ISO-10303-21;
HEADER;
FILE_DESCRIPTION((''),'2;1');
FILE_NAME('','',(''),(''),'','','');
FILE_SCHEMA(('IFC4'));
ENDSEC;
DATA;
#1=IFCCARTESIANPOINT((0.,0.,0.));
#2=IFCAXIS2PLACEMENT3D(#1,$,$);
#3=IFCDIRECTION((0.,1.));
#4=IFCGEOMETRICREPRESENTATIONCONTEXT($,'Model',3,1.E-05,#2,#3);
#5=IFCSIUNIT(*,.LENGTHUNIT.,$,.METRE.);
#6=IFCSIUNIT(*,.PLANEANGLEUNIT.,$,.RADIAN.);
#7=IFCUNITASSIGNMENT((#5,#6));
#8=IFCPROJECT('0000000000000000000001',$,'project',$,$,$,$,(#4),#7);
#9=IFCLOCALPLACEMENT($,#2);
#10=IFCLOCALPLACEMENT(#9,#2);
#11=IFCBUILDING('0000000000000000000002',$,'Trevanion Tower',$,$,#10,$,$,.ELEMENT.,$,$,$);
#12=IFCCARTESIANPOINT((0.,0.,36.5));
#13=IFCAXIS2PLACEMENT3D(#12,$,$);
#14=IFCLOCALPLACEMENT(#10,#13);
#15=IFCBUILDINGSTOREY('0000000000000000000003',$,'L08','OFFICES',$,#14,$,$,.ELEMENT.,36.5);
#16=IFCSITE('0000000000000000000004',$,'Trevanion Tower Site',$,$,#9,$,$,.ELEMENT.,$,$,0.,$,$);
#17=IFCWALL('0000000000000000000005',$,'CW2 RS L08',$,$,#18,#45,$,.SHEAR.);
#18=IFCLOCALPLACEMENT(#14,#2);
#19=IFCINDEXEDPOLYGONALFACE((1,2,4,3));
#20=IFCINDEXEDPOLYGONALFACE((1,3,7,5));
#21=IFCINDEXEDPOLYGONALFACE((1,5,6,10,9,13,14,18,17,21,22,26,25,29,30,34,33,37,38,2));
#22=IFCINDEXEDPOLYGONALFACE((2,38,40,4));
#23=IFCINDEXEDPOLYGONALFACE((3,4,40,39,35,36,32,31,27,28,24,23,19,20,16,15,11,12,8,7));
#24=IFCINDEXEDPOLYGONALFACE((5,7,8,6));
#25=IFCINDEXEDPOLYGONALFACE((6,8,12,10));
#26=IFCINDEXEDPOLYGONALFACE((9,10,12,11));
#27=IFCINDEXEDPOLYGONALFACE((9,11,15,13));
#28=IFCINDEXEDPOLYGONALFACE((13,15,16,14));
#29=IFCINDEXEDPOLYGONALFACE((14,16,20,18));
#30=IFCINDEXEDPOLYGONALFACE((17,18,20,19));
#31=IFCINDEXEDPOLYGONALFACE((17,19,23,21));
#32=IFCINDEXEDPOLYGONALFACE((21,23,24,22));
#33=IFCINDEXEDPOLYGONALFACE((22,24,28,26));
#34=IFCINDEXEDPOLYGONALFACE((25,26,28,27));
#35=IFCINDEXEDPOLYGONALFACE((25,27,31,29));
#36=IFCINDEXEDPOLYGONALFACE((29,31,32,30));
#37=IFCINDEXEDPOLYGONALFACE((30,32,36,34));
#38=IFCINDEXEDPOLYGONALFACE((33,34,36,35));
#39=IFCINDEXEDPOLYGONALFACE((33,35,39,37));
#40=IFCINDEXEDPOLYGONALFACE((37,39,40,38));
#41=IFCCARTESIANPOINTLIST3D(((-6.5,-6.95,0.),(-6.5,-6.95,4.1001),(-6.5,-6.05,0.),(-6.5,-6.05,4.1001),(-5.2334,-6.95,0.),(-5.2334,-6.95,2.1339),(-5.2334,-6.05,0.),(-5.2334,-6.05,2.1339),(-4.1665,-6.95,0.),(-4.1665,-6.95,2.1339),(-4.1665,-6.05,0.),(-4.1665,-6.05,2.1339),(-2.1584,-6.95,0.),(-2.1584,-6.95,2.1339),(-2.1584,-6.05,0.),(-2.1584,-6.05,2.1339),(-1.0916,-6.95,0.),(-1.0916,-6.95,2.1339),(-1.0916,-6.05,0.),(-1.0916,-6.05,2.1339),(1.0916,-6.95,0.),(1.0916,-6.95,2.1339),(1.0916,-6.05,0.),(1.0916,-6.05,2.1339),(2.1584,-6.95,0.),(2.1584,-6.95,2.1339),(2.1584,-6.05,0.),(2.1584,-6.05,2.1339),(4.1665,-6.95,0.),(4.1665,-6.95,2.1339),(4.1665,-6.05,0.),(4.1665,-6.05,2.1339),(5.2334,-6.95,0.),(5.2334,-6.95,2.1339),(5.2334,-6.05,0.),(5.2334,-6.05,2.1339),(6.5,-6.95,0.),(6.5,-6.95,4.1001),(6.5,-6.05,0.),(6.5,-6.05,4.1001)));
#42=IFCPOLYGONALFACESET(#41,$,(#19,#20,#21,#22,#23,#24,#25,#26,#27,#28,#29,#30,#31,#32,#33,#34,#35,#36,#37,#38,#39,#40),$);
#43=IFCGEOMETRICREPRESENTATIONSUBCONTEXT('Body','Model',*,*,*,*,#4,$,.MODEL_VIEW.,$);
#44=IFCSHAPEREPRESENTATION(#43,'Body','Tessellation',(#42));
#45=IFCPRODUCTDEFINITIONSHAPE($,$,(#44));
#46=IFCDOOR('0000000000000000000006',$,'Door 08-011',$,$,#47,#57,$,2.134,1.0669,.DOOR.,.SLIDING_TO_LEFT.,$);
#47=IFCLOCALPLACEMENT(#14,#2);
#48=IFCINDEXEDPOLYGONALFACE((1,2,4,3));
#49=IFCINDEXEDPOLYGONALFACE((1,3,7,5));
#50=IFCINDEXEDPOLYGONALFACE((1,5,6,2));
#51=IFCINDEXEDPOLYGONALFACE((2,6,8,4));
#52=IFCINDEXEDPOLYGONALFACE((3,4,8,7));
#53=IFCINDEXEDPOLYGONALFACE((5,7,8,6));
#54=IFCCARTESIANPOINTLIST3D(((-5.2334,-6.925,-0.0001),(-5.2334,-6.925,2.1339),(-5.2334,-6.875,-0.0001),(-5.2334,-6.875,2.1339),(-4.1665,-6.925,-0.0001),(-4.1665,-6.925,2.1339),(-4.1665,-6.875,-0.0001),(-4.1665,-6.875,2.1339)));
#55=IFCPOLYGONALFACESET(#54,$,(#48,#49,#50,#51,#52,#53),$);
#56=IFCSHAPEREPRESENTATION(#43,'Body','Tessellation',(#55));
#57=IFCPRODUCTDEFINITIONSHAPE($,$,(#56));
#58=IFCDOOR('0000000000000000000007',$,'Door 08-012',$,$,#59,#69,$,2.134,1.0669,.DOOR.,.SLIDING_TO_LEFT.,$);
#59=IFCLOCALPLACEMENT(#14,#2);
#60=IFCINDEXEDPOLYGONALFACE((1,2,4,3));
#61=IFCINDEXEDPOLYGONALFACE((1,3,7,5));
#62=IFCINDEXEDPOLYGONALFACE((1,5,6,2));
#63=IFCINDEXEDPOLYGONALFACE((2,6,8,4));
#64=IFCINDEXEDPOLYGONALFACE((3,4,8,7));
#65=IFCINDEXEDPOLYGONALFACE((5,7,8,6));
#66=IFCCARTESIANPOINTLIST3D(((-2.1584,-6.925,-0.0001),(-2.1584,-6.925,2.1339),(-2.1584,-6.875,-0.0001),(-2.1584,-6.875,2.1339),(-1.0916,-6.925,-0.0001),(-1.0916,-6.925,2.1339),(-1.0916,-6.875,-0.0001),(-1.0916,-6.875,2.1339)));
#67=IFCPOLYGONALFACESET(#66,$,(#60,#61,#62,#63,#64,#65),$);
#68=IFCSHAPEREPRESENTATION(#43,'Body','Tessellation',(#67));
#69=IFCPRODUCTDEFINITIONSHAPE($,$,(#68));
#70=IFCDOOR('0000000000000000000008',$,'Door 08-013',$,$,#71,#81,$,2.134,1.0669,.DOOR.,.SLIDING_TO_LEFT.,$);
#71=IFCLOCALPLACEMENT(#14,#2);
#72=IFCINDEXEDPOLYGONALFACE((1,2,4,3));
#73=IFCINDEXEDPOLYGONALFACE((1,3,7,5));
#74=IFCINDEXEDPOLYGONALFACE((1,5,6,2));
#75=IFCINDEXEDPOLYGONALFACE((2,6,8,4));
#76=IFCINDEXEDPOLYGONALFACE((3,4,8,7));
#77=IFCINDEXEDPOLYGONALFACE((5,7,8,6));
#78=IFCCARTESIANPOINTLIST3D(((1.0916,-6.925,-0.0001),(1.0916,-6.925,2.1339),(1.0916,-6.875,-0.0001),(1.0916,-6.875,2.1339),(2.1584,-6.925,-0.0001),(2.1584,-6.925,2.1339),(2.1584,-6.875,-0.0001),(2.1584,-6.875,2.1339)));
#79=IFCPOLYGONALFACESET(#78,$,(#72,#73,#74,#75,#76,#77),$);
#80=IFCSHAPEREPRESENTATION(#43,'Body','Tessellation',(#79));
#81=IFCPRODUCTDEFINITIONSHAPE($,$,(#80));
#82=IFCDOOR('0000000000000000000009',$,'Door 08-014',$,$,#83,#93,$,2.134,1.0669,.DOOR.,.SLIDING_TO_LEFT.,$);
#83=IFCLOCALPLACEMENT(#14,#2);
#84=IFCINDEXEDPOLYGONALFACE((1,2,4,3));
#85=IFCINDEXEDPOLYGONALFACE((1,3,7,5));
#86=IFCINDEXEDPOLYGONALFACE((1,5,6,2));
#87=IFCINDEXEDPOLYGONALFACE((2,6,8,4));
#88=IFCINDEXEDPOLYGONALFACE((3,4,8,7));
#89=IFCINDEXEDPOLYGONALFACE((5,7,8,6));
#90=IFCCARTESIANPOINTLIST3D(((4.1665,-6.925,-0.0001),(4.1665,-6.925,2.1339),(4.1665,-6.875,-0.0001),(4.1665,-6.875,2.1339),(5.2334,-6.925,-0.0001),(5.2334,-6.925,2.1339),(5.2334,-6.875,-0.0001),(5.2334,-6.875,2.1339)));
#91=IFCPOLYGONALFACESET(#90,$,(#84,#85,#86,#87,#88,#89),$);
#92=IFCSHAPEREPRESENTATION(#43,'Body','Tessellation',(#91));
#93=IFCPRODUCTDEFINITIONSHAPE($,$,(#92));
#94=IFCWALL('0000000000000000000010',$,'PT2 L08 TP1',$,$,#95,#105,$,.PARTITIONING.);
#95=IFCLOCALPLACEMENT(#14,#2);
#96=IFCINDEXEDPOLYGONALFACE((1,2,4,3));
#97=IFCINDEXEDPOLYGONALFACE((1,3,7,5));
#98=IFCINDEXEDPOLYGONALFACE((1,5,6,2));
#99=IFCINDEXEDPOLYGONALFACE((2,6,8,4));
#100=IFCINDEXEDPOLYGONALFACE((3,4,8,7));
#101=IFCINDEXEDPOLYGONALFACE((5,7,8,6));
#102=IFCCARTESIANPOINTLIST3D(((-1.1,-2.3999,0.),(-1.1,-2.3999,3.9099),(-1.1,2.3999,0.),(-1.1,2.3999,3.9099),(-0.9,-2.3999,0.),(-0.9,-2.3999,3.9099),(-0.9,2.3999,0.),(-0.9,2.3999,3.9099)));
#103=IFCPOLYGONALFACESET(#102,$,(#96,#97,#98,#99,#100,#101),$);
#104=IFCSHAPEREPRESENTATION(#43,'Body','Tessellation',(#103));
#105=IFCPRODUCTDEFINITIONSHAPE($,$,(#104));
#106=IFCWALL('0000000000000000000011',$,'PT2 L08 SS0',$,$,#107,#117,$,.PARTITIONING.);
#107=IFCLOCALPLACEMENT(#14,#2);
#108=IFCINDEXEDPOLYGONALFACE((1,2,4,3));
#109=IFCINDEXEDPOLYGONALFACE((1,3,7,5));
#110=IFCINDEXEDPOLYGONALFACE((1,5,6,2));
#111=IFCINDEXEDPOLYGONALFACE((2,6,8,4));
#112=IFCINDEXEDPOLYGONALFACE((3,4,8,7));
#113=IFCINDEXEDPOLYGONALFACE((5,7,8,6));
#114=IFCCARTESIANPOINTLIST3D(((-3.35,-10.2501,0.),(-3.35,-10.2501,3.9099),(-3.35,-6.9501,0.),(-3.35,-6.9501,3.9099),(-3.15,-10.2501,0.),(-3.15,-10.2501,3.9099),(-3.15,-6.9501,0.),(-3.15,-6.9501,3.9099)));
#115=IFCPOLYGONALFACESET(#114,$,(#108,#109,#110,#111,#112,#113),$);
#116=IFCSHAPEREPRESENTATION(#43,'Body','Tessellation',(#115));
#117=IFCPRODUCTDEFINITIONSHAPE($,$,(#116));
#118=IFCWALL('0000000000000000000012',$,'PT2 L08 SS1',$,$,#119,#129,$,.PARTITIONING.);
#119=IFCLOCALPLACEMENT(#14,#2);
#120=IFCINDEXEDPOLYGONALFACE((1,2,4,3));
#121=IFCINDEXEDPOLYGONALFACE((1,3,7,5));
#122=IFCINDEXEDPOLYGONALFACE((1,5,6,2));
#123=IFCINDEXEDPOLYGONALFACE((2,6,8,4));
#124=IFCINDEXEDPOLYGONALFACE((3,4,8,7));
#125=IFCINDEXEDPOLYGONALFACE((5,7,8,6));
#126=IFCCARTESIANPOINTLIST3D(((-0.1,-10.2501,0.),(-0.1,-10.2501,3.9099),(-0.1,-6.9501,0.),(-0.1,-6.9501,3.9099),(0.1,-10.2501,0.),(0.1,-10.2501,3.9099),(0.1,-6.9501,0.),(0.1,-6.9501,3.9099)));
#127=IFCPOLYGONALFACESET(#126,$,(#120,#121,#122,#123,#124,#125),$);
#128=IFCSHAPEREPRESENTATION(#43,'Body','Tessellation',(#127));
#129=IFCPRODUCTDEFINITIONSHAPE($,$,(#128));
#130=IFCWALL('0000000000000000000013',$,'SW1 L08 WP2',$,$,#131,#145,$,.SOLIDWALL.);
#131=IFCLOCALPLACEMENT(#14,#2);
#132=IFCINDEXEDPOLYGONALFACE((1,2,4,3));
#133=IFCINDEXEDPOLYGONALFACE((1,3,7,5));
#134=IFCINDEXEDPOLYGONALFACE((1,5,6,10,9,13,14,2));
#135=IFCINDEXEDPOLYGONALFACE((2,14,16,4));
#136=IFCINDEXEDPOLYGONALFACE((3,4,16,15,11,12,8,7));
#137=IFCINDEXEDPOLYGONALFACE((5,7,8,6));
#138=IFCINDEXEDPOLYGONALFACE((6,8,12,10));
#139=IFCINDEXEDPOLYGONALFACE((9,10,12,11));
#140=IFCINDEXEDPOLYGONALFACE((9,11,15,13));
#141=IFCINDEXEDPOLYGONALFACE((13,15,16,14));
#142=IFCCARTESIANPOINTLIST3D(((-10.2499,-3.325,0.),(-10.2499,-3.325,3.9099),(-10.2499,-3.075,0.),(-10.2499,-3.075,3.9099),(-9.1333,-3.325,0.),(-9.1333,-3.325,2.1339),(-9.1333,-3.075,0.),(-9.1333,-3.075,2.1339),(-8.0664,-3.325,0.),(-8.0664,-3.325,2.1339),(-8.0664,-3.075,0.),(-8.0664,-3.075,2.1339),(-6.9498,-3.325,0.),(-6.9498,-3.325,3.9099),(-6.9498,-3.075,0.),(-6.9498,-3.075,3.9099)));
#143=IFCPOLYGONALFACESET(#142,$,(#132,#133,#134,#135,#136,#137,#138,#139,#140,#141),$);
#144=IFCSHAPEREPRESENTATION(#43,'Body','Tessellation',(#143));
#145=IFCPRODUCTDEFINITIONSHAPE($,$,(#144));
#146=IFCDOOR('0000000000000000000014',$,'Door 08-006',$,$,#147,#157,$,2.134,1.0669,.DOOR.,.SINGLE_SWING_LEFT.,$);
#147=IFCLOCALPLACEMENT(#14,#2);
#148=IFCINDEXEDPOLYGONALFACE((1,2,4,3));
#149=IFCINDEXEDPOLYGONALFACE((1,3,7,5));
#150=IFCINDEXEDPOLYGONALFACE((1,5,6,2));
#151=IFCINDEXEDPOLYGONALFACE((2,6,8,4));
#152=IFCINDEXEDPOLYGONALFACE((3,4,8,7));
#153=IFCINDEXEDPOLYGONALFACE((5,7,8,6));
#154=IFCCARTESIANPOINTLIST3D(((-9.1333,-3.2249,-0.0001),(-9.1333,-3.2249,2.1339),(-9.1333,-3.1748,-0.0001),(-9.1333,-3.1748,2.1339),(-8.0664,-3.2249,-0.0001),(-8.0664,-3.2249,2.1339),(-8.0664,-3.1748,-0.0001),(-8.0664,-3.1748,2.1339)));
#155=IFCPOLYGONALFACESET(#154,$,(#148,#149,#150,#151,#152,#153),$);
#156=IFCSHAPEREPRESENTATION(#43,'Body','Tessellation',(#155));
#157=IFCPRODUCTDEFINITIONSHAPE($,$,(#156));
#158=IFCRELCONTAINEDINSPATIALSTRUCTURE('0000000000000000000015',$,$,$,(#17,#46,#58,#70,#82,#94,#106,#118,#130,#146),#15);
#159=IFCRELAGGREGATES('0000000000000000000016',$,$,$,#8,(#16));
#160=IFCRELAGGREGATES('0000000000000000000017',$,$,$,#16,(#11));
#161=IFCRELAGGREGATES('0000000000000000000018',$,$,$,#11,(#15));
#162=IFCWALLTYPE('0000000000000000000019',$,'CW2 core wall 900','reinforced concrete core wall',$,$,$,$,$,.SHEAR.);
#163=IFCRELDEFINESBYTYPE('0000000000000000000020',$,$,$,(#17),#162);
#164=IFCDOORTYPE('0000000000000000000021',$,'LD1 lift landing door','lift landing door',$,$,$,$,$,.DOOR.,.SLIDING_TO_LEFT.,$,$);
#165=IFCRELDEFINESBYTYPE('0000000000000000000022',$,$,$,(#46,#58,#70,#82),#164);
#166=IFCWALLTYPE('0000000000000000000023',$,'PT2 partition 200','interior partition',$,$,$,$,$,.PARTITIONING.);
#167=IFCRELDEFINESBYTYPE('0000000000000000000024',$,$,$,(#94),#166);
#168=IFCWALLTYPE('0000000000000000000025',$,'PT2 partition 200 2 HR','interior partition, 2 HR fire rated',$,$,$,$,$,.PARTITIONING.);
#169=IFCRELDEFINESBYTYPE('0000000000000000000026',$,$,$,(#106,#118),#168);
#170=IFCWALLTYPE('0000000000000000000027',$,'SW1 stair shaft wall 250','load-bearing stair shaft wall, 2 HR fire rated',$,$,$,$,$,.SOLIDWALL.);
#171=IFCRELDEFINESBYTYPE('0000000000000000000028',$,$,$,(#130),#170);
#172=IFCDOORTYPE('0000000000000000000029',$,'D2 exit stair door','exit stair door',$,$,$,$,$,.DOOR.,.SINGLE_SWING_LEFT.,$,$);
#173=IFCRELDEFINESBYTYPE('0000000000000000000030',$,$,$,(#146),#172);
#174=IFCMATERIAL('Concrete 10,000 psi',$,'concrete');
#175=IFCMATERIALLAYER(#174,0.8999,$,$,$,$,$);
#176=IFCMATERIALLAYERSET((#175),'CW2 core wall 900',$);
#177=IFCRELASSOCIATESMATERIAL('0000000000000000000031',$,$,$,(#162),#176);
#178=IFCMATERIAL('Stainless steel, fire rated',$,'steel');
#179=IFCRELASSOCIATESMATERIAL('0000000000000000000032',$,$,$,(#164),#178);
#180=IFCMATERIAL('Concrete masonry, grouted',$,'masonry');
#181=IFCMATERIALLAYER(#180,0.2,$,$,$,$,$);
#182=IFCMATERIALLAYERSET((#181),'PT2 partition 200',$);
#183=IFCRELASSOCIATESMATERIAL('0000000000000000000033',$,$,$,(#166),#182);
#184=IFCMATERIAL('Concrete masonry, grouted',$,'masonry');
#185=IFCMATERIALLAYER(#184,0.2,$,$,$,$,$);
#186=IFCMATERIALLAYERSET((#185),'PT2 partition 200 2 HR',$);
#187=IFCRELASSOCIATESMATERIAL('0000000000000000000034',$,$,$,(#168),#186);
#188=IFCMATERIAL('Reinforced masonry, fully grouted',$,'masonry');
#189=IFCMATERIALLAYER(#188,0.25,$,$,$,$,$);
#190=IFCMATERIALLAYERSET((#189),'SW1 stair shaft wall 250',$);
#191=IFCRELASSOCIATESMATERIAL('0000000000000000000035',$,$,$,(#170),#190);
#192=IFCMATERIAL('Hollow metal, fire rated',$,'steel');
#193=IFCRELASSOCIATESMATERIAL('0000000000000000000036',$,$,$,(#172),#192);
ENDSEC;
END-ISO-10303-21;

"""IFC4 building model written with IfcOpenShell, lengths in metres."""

from ifc_helpers import new_model, si_unit, direction, frame, frame_2d, origin, place, context, subcontext, project, spatial, rectangle, extrude, material, layer, layer_set, type_object, element, fill, save


model = new_model("IFC4")

# Units and contexts
model_context = context("Model", 3, precision=1e-05, world=origin(), true_north=direction((0.0, 1.0)))
body_context = subcontext(model_context, "Body", "Model", "MODEL_VIEW")
ifc_project = project(units=[si_unit("LENGTHUNIT", "METRE"), si_unit("PLANEANGLEUNIT", "RADIAN")], contexts=[model_context])

# Site, building, storey
site_placement = place(None, origin())
site = spatial("IfcSite", under=ifc_project, at=site_placement, Name="Trevanion Tower Site", CompositionType="ELEMENT", RefElevation=0.0)
building_placement = place(site_placement, origin())
building = spatial("IfcBuilding", under=site, at=building_placement, Name="Trevanion Tower", CompositionType="ELEMENT")
storey_placement = place(building_placement, frame((0.0, 0.0, 36.5)))
storey = spatial("IfcBuildingStorey", under=building, at=storey_placement, Name="L08", Description="OFFICES", CompositionType="ELEMENT", Elevation=36.5)

# Shared definitions
ifc_material_1 = material(Name="Concrete 10,000 psi", Category="concrete")
ifc_layer_1 = layer(ifc_material_1, 0.8999)
ifc_layer_set_1 = layer_set([ifc_layer_1], Name="CW2 core wall 900")
wall_type_1 = type_object("IfcWallType", Name="CW2 core wall 900", Description="reinforced concrete core wall", PredefinedType="SHEAR", material=ifc_layer_set_1)

# Wall, openings, doors
wall_1_placement = place(storey_placement, frame((-6.5, -6.5, 0.0), z_axis=(0.0, 0.0, 1.0), x_axis=(1.0, 0.0, 0.0)))
wall_1 = element("IfcWall", 1, at=wall_1_placement, inside=storey, type_object=wall_type_1, Name="CW2 RS L08", PredefinedType="SHEAR", context=body_context, shape_type="SweptSolid", body=[
    extrude(rectangle(XDim=13.0, YDim=0.8999, at=frame_2d((6.5, 0.0))), origin(), (0.0, 0.0, 1.0), 4.1001),
])
opening_1_placement = place(wall_1_placement, frame((1.2666, 0.0, 0.0)))
opening_1 = element("IfcOpeningElement", 2, at=opening_1_placement, cuts=wall_1, PredefinedType="OPENING", context=body_context, shape_type="SweptSolid", body=[
    extrude(rectangle(XDim=1.0669, YDim=2.134, at=frame_2d((0.5334, 1.0669))), frame((0.0, 0.46, 0.0), z_axis=(0.0, -1.0, 0.0), x_axis=(1.0, 0.0, 0.0)), (0.0, 0.0, 1.0), 0.9199),
])
opening_2_placement = place(wall_1_placement, frame((4.3416, 0.0, 0.0)))
opening_2 = element("IfcOpeningElement", 3, at=opening_2_placement, cuts=wall_1, PredefinedType="OPENING", context=body_context, shape_type="SweptSolid", body=[
    extrude(rectangle(XDim=1.0669, YDim=2.134, at=frame_2d((0.5334, 1.0669))), frame((0.0, 0.46, 0.0), z_axis=(0.0, -1.0, 0.0), x_axis=(1.0, 0.0, 0.0)), (0.0, 0.0, 1.0), 0.9199),
])
opening_3_placement = place(wall_1_placement, frame((7.5916, 0.0, 0.0)))
opening_3 = element("IfcOpeningElement", 4, at=opening_3_placement, cuts=wall_1, PredefinedType="OPENING", context=body_context, shape_type="SweptSolid", body=[
    extrude(rectangle(XDim=1.0669, YDim=2.134, at=frame_2d((0.5334, 1.0669))), frame((0.0, 0.46, 0.0), z_axis=(0.0, -1.0, 0.0), x_axis=(1.0, 0.0, 0.0)), (0.0, 0.0, 1.0), 0.9199),
])
opening_4_placement = place(wall_1_placement, frame((10.6665, 0.0, 0.0)))
opening_4 = element("IfcOpeningElement", 5, at=opening_4_placement, cuts=wall_1, PredefinedType="OPENING", context=body_context, shape_type="SweptSolid", body=[
    extrude(rectangle(XDim=1.0669, YDim=2.134, at=frame_2d((0.5334, 1.0669))), frame((0.0, 0.46, 0.0), z_axis=(0.0, -1.0, 0.0), x_axis=(1.0, 0.0, 0.0)), (0.0, 0.0, 1.0), 0.9199),
])
ifc_material_2 = material(Name="Stainless steel, fire rated", Category="steel")
door_type_1 = type_object("IfcDoorType", Name="LD1 lift landing door", Description="lift landing door", OperationType="SLIDING_TO_LEFT", PredefinedType="DOOR", material=ifc_material_2)
door_1_placement = place(opening_1_placement, origin())
door_1 = element("IfcDoor", 6, at=door_1_placement, inside=storey, type_object=door_type_1, Name="Door 08-011", OperationType="SLIDING_TO_LEFT", OverallHeight=2.134, OverallWidth=1.0669, PredefinedType="DOOR", context=body_context, shape_type="SweptSolid", body=[
    extrude(rectangle(XDim=1.0669, YDim=2.134, at=frame_2d((0.5334, 1.0669))), frame((0.0, -0.375, 0.0), z_axis=(0.0, -1.0, 0.0), x_axis=(1.0, 0.0, 0.0)), (0.0, 0.0, 1.0), 0.05),
])
fill(opening_1, door_1)
door_2_placement = place(opening_2_placement, origin())
door_2 = element("IfcDoor", 7, at=door_2_placement, inside=storey, type_object=door_type_1, Name="Door 08-012", OperationType="SLIDING_TO_LEFT", OverallHeight=2.134, OverallWidth=1.0669, PredefinedType="DOOR", context=body_context, shape_type="SweptSolid", body=[
    extrude(rectangle(XDim=1.0669, YDim=2.134, at=frame_2d((0.5334, 1.0669))), frame((0.0, -0.375, 0.0), z_axis=(0.0, -1.0, 0.0), x_axis=(1.0, 0.0, 0.0)), (0.0, 0.0, 1.0), 0.05),
])
fill(opening_2, door_2)
door_3_placement = place(opening_3_placement, origin())
door_3 = element("IfcDoor", 8, at=door_3_placement, inside=storey, type_object=door_type_1, Name="Door 08-013", OperationType="SLIDING_TO_LEFT", OverallHeight=2.134, OverallWidth=1.0669, PredefinedType="DOOR", context=body_context, shape_type="SweptSolid", body=[
    extrude(rectangle(XDim=1.0669, YDim=2.134, at=frame_2d((0.5334, 1.0669))), frame((0.0, -0.375, 0.0), z_axis=(0.0, -1.0, 0.0), x_axis=(1.0, 0.0, 0.0)), (0.0, 0.0, 1.0), 0.05),
])
fill(opening_3, door_3)
door_4_placement = place(opening_4_placement, origin())
door_4 = element("IfcDoor", 9, at=door_4_placement, inside=storey, type_object=door_type_1, Name="Door 08-014", OperationType="SLIDING_TO_LEFT", OverallHeight=2.134, OverallWidth=1.0669, PredefinedType="DOOR", context=body_context, shape_type="SweptSolid", body=[
    extrude(rectangle(XDim=1.0669, YDim=2.134, at=frame_2d((0.5334, 1.0669))), frame((0.0, -0.375, 0.0), z_axis=(0.0, -1.0, 0.0), x_axis=(1.0, 0.0, 0.0)), (0.0, 0.0, 1.0), 0.05),
])
fill(opening_4, door_4)

# Walls
ifc_material_3 = material(Name="Concrete masonry, grouted", Category="masonry")
ifc_layer_2 = layer(ifc_material_3, 0.2)
ifc_layer_set_2 = layer_set([ifc_layer_2], Name="PT2 partition 200")
wall_type_2 = type_object("IfcWallType", Name="PT2 partition 200", Description="interior partition", PredefinedType="PARTITIONING", material=ifc_layer_set_2)
wall_2_placement = place(storey_placement, frame((-1.0, -2.3999, 0.0), z_axis=(0.0, 0.0, 1.0), x_axis=(0.0, 1.0, 0.0)))
element("IfcWall", 10, at=wall_2_placement, inside=storey, type_object=wall_type_2, Name="PT2 L08 TP1", PredefinedType="PARTITIONING", context=body_context, shape_type="SweptSolid", body=[
    extrude(rectangle(XDim=4.7998, YDim=0.2, at=frame_2d((2.3999, 0.0))), origin(), (0.0, 0.0, 1.0), 3.9099),
])
ifc_material_4 = material(Name="Concrete masonry, grouted", Category="masonry")
ifc_layer_3 = layer(ifc_material_4, 0.2)
ifc_layer_set_3 = layer_set([ifc_layer_3], Name="PT2 partition 200 2 HR")
wall_type_3 = type_object("IfcWallType", Name="PT2 partition 200 2 HR", Description="interior partition, 2 HR fire rated", PredefinedType="PARTITIONING", material=ifc_layer_set_3)
for number, where, z_axis, x_axis, name in (
    (11, (-3.25, -10.25, 0.0), (0.0, 0.0, 1.0), (0.0, 1.0, 0.0), "PT2 L08 SS0"),
    (12, (0.0, -10.25, 0.0), (0.0, 0.0, 1.0), (0.0, 1.0, 0.0), "PT2 L08 SS1"),
):
    element("IfcWall", number, at=place(storey_placement, frame(where, z_axis=z_axis, x_axis=x_axis)), inside=storey, type_object=wall_type_3, Name=name, PredefinedType="PARTITIONING", context=body_context, shape_type="SweptSolid", body=[
        extrude(rectangle(XDim=3.3, YDim=0.2, at=frame_2d((1.6499, 0.0))), origin(), (0.0, 0.0, 1.0), 3.9099),
    ])

# Wall, opening, door
ifc_material_5 = material(Name="Reinforced masonry, fully grouted", Category="masonry")
ifc_layer_4 = layer(ifc_material_5, 0.25)
ifc_layer_set_4 = layer_set([ifc_layer_4], Name="SW1 stair shaft wall 250")
wall_type_4 = type_object("IfcWallType", Name="SW1 stair shaft wall 250", Description="load-bearing stair shaft wall, 2 HR fire rated", PredefinedType="SOLIDWALL", material=ifc_layer_set_4)
wall_3_placement = place(storey_placement, frame((-6.95, -3.2, 0.0), z_axis=(0.0, 0.0, 1.0), x_axis=(-1.0, 0.0, 0.0)))
wall_3 = element("IfcWall", 13, at=wall_3_placement, inside=storey, type_object=wall_type_4, Name="SW1 L08 WP2", PredefinedType="SOLIDWALL", context=body_context, shape_type="SweptSolid", body=[
    extrude(rectangle(XDim=3.3, YDim=0.25, at=frame_2d((1.6499, 0.0))), origin(), (0.0, 0.0, 1.0), 3.9099),
])
opening_5_placement = place(wall_3_placement, frame((1.1165, 0.0, 0.0)))
opening_5 = element("IfcOpeningElement", 14, at=opening_5_placement, cuts=wall_3, PredefinedType="OPENING", context=body_context, shape_type="SweptSolid", body=[
    extrude(rectangle(XDim=1.0669, YDim=2.134, at=frame_2d((0.5334, 1.0669))), frame((0.0, 0.135, 0.0), z_axis=(0.0, -1.0, 0.0), x_axis=(1.0, 0.0, 0.0)), (0.0, 0.0, 1.0), 0.27),
])
ifc_material_6 = material(Name="Hollow metal, fire rated", Category="steel")
door_type_2 = type_object("IfcDoorType", Name="D2 exit stair door", Description="exit stair door", OperationType="SINGLE_SWING_LEFT", PredefinedType="DOOR", material=ifc_material_6)
door_5_placement = place(opening_5_placement, origin())
door_5 = element("IfcDoor", 15, at=door_5_placement, inside=storey, type_object=door_type_2, Name="Door 08-006", OperationType="SINGLE_SWING_LEFT", OverallHeight=2.134, OverallWidth=1.0669, PredefinedType="DOOR", context=body_context, shape_type="SweptSolid", body=[
    extrude(rectangle(XDim=1.0669, YDim=2.134, at=frame_2d((0.5334, 1.0669))), frame((0.0, 0.0249, 0.0), z_axis=(0.0, -1.0, 0.0), x_axis=(1.0, 0.0, 0.0)), (0.0, 0.0, 1.0), 0.05),
])
fill(opening_5, door_5)

save(model, "model.ifc")
